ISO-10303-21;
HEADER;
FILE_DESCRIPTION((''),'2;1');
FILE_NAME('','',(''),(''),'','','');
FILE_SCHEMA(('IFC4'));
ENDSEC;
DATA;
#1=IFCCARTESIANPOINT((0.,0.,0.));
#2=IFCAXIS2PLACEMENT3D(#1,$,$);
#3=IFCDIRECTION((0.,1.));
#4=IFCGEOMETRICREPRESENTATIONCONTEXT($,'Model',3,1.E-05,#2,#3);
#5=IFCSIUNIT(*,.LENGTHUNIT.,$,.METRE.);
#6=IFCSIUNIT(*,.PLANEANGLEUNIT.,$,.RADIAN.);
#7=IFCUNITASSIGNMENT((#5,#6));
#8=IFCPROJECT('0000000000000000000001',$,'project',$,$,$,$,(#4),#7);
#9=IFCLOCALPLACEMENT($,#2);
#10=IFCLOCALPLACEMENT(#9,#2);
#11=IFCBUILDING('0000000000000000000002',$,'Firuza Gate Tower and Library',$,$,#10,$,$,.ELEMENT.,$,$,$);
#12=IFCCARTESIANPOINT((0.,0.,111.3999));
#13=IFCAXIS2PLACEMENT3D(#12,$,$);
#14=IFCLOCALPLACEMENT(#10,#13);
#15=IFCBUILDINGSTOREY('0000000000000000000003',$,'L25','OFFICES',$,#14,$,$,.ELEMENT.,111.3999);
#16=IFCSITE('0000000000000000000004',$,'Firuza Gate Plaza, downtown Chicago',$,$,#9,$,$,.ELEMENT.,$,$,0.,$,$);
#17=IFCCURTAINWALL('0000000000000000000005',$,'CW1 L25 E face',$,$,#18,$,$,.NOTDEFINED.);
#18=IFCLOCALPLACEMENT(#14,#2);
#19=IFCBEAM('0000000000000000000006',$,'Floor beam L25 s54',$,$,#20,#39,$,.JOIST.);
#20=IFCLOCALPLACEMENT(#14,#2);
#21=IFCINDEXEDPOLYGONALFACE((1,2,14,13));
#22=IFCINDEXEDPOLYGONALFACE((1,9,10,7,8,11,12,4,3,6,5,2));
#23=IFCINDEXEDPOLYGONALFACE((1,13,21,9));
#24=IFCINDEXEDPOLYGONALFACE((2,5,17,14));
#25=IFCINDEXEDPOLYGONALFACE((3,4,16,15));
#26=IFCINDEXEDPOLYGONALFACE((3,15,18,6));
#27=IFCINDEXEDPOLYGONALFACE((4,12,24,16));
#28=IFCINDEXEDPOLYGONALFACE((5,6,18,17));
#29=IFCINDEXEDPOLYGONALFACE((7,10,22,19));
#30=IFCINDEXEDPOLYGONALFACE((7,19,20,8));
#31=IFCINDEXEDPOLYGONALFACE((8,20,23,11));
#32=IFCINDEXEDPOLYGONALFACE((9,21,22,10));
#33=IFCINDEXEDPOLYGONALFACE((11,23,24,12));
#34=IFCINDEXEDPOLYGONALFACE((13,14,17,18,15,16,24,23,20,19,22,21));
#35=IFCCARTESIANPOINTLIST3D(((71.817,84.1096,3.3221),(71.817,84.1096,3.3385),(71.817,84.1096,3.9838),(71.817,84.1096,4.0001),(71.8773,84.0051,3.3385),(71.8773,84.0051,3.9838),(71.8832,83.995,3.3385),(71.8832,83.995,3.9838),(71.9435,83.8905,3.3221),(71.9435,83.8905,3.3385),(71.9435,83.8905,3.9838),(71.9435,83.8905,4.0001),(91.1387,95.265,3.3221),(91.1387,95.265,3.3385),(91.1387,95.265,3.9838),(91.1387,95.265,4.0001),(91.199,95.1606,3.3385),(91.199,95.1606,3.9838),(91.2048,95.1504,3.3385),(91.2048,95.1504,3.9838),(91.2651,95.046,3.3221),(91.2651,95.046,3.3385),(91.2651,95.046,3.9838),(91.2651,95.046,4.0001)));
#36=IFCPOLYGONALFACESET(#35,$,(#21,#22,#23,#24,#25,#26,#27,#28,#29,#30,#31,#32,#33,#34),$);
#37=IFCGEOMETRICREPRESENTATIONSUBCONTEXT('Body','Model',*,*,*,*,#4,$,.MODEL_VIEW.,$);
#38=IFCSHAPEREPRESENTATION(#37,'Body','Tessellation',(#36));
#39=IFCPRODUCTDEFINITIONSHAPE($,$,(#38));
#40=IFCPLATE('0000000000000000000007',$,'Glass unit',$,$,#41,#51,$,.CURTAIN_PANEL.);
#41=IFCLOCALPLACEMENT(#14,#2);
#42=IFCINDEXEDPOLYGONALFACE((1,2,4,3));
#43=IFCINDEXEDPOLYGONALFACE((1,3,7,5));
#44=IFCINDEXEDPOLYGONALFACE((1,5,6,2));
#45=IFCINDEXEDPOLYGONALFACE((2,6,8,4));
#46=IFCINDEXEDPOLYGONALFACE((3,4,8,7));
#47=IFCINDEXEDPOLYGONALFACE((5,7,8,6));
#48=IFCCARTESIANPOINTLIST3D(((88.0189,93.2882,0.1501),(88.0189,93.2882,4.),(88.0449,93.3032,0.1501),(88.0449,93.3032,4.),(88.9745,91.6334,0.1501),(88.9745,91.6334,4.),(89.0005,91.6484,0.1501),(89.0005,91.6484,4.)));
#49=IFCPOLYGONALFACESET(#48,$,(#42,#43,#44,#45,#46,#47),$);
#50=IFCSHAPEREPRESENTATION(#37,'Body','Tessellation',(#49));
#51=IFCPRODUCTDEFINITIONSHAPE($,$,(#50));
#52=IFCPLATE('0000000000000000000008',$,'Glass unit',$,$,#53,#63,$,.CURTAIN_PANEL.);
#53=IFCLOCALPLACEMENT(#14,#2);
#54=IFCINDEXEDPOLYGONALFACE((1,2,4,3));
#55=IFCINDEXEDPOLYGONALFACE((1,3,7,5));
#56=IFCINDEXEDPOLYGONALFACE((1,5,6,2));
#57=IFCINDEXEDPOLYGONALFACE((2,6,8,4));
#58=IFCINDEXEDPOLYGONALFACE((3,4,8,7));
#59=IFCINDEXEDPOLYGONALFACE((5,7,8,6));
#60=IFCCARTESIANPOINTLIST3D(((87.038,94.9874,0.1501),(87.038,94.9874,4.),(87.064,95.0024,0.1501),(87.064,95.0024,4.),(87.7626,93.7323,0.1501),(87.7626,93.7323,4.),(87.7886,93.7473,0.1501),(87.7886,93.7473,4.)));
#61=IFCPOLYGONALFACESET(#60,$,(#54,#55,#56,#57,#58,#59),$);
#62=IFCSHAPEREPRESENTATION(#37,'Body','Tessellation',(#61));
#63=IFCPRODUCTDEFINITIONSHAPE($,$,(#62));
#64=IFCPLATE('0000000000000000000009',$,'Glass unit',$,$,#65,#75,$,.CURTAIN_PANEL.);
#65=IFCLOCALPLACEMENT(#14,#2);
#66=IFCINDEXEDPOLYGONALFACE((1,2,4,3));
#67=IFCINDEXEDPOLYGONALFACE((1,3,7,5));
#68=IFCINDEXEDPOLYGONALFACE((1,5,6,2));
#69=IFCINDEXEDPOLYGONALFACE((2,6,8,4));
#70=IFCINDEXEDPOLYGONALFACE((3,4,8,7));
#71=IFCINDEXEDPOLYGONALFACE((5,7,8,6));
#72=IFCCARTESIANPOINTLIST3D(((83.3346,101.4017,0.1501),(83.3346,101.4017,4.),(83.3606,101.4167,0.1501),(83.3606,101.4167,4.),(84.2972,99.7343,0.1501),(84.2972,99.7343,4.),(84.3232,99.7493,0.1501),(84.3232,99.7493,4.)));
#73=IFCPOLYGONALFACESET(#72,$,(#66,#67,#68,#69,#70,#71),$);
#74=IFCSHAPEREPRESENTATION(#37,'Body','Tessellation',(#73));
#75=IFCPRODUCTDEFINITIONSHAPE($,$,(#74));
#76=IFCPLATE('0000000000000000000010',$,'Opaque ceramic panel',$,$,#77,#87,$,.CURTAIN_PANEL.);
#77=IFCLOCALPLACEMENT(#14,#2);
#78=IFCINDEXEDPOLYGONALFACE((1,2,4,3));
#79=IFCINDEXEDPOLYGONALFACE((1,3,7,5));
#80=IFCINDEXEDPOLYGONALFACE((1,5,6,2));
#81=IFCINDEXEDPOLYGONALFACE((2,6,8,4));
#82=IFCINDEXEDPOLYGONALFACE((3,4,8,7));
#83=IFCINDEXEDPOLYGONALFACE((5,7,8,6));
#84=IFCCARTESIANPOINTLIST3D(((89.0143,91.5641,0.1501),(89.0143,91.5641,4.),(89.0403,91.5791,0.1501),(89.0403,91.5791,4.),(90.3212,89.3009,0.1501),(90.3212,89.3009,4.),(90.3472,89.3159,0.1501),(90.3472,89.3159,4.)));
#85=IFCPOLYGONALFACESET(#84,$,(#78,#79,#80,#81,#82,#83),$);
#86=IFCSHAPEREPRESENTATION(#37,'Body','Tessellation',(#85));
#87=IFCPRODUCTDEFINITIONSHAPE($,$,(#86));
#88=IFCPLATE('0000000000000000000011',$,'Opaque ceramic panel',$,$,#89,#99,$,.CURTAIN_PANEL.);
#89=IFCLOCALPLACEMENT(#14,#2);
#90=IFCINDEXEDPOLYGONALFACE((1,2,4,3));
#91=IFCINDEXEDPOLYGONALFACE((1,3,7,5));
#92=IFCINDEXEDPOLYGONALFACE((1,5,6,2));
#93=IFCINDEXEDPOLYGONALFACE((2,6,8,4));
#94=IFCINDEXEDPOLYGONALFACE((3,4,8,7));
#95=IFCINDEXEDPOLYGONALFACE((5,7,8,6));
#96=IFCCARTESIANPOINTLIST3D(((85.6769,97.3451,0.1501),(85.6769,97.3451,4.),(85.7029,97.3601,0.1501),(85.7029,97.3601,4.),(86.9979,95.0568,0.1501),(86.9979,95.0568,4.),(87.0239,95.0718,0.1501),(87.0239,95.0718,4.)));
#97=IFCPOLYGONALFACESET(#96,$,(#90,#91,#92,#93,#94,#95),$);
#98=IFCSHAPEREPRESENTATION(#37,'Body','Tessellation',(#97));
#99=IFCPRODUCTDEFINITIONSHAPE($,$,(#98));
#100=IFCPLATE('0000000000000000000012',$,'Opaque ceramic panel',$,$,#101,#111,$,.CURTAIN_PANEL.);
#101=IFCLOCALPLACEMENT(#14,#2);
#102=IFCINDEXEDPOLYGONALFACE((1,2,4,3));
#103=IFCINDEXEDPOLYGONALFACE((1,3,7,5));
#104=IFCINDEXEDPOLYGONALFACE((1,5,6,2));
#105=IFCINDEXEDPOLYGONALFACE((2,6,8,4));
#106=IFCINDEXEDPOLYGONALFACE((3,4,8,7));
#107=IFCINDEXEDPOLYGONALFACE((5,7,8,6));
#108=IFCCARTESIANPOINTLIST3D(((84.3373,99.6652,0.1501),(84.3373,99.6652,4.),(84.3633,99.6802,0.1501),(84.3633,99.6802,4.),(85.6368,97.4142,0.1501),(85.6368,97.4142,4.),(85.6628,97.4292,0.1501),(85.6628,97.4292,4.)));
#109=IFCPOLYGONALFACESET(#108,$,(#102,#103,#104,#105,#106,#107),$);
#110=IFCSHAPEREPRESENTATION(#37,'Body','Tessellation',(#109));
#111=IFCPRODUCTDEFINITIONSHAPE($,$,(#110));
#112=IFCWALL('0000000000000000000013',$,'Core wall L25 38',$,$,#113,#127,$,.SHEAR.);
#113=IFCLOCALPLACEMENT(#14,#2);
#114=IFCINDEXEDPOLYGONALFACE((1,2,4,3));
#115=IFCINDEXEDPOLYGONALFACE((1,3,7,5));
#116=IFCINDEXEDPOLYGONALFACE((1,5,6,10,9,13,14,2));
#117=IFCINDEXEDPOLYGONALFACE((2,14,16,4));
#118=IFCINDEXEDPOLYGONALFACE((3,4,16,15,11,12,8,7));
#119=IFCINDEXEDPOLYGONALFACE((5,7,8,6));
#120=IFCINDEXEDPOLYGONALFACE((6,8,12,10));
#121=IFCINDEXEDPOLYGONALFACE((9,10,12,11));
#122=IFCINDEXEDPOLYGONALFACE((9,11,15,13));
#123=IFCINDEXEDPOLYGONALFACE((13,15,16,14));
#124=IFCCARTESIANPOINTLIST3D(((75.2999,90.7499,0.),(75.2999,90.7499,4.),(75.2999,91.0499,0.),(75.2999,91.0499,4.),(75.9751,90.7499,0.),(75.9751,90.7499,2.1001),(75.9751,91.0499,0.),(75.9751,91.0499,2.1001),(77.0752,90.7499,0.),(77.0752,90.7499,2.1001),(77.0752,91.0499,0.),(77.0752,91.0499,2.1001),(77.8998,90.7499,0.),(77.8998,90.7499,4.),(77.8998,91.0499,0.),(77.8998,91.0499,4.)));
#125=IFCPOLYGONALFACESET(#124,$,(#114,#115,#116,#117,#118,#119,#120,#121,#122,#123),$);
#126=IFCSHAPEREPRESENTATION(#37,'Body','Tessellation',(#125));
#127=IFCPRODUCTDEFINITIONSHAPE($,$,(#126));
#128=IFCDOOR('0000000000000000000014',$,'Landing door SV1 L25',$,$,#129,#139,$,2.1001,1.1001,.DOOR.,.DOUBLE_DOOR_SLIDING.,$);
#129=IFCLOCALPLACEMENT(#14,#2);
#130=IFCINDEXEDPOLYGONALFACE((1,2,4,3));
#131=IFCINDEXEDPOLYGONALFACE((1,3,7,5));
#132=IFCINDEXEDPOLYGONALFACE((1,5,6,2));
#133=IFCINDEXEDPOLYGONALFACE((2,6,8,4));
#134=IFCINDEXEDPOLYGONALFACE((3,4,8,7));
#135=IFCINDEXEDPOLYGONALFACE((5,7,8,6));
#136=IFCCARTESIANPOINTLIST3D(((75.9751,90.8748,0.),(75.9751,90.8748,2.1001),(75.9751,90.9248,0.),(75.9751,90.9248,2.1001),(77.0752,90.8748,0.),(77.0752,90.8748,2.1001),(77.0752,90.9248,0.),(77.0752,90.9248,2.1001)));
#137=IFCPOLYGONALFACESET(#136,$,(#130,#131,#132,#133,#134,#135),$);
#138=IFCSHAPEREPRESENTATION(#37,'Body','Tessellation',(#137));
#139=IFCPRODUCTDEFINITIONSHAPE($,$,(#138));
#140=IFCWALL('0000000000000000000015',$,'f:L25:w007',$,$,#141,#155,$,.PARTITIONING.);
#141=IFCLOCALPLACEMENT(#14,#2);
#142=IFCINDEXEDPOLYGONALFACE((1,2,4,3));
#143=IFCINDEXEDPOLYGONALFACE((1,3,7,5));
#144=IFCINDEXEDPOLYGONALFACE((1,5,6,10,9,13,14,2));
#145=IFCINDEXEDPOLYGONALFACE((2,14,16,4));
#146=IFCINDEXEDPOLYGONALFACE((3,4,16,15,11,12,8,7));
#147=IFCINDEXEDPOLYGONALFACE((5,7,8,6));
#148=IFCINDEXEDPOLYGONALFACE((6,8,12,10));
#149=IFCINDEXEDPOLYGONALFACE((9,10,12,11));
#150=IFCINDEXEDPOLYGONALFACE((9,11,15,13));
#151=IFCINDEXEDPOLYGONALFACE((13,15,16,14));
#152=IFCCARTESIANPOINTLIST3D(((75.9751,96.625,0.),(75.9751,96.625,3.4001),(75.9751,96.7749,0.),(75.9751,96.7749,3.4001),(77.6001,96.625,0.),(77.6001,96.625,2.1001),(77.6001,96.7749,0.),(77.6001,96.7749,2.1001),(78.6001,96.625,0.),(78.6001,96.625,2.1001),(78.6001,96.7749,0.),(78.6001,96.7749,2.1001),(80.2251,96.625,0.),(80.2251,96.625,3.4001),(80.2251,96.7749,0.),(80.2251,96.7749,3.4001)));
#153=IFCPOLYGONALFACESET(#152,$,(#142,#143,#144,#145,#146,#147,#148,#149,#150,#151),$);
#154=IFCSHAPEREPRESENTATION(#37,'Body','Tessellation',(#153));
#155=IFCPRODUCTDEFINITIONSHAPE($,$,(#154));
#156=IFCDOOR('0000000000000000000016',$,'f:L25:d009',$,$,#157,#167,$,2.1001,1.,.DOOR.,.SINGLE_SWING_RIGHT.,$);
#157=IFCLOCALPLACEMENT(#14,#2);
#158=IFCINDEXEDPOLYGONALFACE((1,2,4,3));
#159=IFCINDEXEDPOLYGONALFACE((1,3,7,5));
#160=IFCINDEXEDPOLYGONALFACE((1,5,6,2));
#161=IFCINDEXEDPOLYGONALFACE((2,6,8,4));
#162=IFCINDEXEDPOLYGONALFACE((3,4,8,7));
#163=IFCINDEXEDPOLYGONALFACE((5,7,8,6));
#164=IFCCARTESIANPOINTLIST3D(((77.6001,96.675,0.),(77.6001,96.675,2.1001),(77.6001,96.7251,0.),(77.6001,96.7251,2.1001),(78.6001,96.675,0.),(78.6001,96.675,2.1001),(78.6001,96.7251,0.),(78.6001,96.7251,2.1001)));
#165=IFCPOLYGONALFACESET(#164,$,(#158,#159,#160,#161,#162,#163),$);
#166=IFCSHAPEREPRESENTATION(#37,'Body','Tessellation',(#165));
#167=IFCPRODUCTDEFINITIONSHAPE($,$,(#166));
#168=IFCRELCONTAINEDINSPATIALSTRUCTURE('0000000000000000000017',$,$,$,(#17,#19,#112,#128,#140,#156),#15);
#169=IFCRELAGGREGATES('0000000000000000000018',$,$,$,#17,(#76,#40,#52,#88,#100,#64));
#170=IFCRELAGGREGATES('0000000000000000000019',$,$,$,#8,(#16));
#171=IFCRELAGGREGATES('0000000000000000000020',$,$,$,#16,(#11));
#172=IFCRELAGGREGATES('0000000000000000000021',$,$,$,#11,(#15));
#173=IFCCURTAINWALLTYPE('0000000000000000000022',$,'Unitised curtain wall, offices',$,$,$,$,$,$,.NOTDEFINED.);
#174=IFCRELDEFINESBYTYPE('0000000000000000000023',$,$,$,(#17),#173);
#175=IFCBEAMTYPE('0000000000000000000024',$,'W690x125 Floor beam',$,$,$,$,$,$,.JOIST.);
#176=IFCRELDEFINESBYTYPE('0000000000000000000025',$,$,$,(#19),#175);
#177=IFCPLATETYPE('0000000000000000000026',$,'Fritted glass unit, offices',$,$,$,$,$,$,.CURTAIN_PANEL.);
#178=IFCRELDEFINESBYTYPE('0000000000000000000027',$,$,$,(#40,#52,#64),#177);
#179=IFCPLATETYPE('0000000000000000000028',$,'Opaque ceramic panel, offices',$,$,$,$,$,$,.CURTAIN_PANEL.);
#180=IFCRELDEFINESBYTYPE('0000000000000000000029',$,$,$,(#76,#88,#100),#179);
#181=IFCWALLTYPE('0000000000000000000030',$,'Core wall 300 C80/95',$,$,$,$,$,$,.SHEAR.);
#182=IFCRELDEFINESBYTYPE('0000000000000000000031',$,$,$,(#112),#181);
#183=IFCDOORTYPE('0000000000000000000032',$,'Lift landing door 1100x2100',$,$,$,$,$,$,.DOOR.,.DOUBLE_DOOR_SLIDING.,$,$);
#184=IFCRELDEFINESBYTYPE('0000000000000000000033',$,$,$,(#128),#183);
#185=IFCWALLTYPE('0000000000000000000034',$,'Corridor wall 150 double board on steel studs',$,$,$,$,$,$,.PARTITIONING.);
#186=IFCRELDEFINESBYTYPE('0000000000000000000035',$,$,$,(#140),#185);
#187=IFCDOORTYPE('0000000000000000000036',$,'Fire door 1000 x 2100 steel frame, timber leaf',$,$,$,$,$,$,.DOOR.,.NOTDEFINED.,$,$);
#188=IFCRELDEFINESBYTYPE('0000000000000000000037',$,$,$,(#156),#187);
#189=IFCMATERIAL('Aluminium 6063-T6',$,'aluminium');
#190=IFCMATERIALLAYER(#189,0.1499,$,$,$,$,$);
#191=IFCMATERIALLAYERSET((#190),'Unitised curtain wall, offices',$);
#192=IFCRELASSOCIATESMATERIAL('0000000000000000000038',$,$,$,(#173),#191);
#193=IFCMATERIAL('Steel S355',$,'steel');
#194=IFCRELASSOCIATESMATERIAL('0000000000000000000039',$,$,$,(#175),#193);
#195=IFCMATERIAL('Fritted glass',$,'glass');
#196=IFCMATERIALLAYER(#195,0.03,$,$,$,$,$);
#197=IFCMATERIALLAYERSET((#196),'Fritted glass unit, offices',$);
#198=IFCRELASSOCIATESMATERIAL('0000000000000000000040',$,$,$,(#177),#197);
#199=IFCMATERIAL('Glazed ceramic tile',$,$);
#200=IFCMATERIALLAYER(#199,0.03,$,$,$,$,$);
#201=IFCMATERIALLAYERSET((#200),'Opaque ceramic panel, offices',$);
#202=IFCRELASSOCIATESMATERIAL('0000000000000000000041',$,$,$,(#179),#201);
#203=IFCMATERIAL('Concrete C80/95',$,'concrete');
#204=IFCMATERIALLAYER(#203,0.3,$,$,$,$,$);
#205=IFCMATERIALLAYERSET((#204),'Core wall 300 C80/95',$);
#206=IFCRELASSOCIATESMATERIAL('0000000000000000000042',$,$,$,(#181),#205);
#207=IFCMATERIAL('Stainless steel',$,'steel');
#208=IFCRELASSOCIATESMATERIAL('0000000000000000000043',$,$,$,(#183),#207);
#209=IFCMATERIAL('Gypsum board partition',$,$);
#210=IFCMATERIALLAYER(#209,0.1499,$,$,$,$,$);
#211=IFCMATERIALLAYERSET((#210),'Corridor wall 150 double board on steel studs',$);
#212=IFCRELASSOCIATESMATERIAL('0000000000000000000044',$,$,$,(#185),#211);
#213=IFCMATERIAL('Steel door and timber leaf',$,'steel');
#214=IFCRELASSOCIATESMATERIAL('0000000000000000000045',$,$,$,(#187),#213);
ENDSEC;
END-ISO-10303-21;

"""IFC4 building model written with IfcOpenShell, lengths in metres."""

from ifc_helpers import new_model, si_unit, direction, frame, frame_2d, origin, origin_2d, place, context, subcontext, project, spatial, polyline, rectangle, i_section, outline, extrude, material, layer, layer_set, material_profile, profile_set, type_object, element, fill, aggregate, save


model = new_model("IFC4")

# Units and contexts
model_context = context("Model", 3, precision=1e-05, world=origin(), true_north=direction((0.0, 1.0)))
body_context = subcontext(model_context, "Body", "Model", "MODEL_VIEW")
ifc_project = project(units=[si_unit("LENGTHUNIT", "METRE"), si_unit("PLANEANGLEUNIT", "RADIAN")], contexts=[model_context])

# Site, building, storey
site_placement = place(None, origin())
site = spatial("IfcSite", under=ifc_project, at=site_placement, Name="Firuza Gate Plaza, downtown Chicago", CompositionType="ELEMENT", RefElevation=0.0)
building_placement = place(site_placement, origin())
building = spatial("IfcBuilding", under=site, at=building_placement, Name="Firuza Gate Tower and Library", CompositionType="ELEMENT")
storey_placement = place(building_placement, frame((0.0, 0.0, 111.3999)))
storey = spatial("IfcBuildingStorey", under=building, at=storey_placement, Name="L25", Description="OFFICES", CompositionType="ELEMENT", Elevation=111.3999)

# Curtain wall
ifc_material_1 = material(Name="Aluminium 6063-T6", Category="aluminium")
ifc_layer_1 = layer(ifc_material_1, 0.1499)
ifc_layer_set_1 = layer_set([ifc_layer_1], Name="Unitised curtain wall, offices")
curtain_wall_type = type_object("IfcCurtainWallType", Name="Unitised curtain wall, offices", PredefinedType="NOTDEFINED", material=ifc_layer_set_1)
curtain_wall_placement = place(storey_placement, origin())
curtain_wall = element("IfcCurtainWall", 1, at=curtain_wall_placement, inside=storey, type_object=curtain_wall_type, Name="CW1 L25 E face", PredefinedType="NOTDEFINED")

# Beam
ifc_material_2 = material(Name="Steel S355", Category="steel")
ifc_material_profile_1 = material_profile(ifc_material_2, i_section(OverallWidth=0.2529, OverallDepth=0.678, WebThickness=0.0117, FlangeThickness=0.0164, at=origin_2d()))
ifc_profile_set_1 = profile_set([ifc_material_profile_1], Name="Steel S355")
beam_type_1 = type_object("IfcBeamType", Name="W690x125 Floor beam", PredefinedType="JOIST", material=ifc_profile_set_1)
beam_1_placement = place(storey_placement, frame((91.2019, 95.1555, 3.6611), z_axis=(-0.866024, -0.500003, 0.0), x_axis=(0.500003, -0.866024, 0.0)))
element("IfcBeam", 2, at=beam_1_placement, inside=storey, type_object=beam_type_1, Name="Floor beam L25 s54", PredefinedType="JOIST", context=body_context, shape_type="SweptSolid", body=[
    extrude(i_section(OverallWidth=0.2529, OverallDepth=0.678, WebThickness=0.0117, FlangeThickness=0.0164, at=origin_2d()), origin(), (0.0, 0.0, 1.0), 22.3108),
])

# Plates
ifc_material_3 = material(Name="Fritted glass", Category="glass")
ifc_layer_2 = layer(ifc_material_3, 0.03)
ifc_layer_set_2 = layer_set([ifc_layer_2], Name="Fritted glass unit, offices")
plate_type_1 = type_object("IfcPlateType", Name="Fritted glass unit, offices", PredefinedType="CURTAIN_PANEL", material=ifc_layer_set_2)
plate_1_placement = place(storey_placement, frame((89.0005, 91.6484, 0.1501), z_axis=(0.865986, 0.500069, 0.0), x_axis=(-0.500069, 0.865986, 0.0)))
plate_1 = element("IfcPlate", 3, at=plate_1_placement, type_object=plate_type_1, Name="Glass unit", PredefinedType="CURTAIN_PANEL", context=body_context, shape_type="SweptSolid", body=[
    extrude(outline(polyline([(0.0, 0.0), (1.9109, 0.0), (1.9109, 3.8499), (0.0, 3.8499), (0.0, 0.0)])), origin(), (0.0, 0.0, -1.0), 0.03),
])
plate_2_placement = place(storey_placement, frame((87.7886, 93.7473, 0.1501), z_axis=(0.866037, 0.49998, 0.0), x_axis=(-0.49998, 0.866037, 0.0)))
plate_2 = element("IfcPlate", 4, at=plate_2_placement, type_object=plate_type_1, Name="Glass unit", PredefinedType="CURTAIN_PANEL", context=body_context, shape_type="SweptSolid", body=[
    extrude(outline(polyline([(0.0, 0.0), (1.4493, 0.0), (1.4493, 3.8499), (0.0, 3.8499), (0.0, 0.0)])), origin(), (0.0, 0.0, -1.0), 0.03),
])
plate_3_placement = place(storey_placement, frame((84.3232, 99.7493, 0.1501), z_axis=(0.866042, 0.499971, 0.0), x_axis=(-0.499971, 0.866042, 0.0)))
plate_3 = element("IfcPlate", 5, at=plate_3_placement, type_object=plate_type_1, Name="Glass unit", PredefinedType="CURTAIN_PANEL", context=body_context, shape_type="SweptSolid", body=[
    extrude(outline(polyline([(0.0, 0.0), (1.9254, 0.0), (1.9254, 3.8499), (0.0, 3.8499), (0.0, 0.0)])), origin(), (0.0, 0.0, -1.0), 0.03),
])
ifc_material_4 = material(Name="Glazed ceramic tile")
ifc_layer_3 = layer(ifc_material_4, 0.03)
ifc_layer_set_3 = layer_set([ifc_layer_3], Name="Opaque ceramic panel, offices")
plate_type_2 = type_object("IfcPlateType", Name="Opaque ceramic panel, offices", PredefinedType="CURTAIN_PANEL", material=ifc_layer_set_3)
plate_4_placement = place(storey_placement, frame((90.3472, 89.3159, 0.1501), z_axis=(0.865986, 0.500067, 0.0), x_axis=(-0.500067, 0.865986, 0.0)))
plate_4 = element("IfcPlate", 6, at=plate_4_placement, type_object=plate_type_2, Name="Opaque ceramic panel", PredefinedType="CURTAIN_PANEL", context=body_context, shape_type="SweptSolid", body=[
    extrude(outline(polyline([(0.0, 0.0), (2.6134, 0.0), (2.6134, 3.8499), (0.0, 3.8499), (0.0, 0.0)])), origin(), (0.0, 0.0, -1.0), 0.03),
])
plate_5_placement = place(storey_placement, frame((87.0239, 95.0718, 0.1501), z_axis=(0.866046, 0.499965, 0.0), x_axis=(-0.499965, 0.866046, 0.0)))
plate_5 = element("IfcPlate", 7, at=plate_5_placement, type_object=plate_type_2, Name="Opaque ceramic panel", PredefinedType="CURTAIN_PANEL", context=body_context, shape_type="SweptSolid", body=[
    extrude(outline(polyline([(0.0, 0.0), (2.6423, 0.0), (2.6423, 3.8499), (0.0, 3.8499), (0.0, 0.0)])), origin(), (0.0, 0.0, -1.0), 0.03),
])
plate_6_placement = place(storey_placement, frame((85.6628, 97.4292, 0.1501), z_axis=(0.866032, 0.499988, 0.0), x_axis=(-0.499988, 0.866032, 0.0)))
plate_6 = element("IfcPlate", 8, at=plate_6_placement, type_object=plate_type_2, Name="Opaque ceramic panel", PredefinedType="CURTAIN_PANEL", context=body_context, shape_type="SweptSolid", body=[
    extrude(outline(polyline([(0.0, 0.0), (2.5992, 0.0), (2.5992, 3.8499), (0.0, 3.8499), (0.0, 0.0)])), origin(), (0.0, 0.0, -1.0), 0.03),
])
aggregate(curtain_wall, [plate_4, plate_1, plate_2, plate_5, plate_6, plate_3])

# Walls, openings, doors
ifc_material_5 = material(Name="Concrete C80/95", Category="concrete")
ifc_layer_4 = layer(ifc_material_5, 0.3)
ifc_layer_set_4 = layer_set([ifc_layer_4], Name="Core wall 300 C80/95")
wall_type_1 = type_object("IfcWallType", Name="Core wall 300 C80/95", PredefinedType="SHEAR", material=ifc_layer_set_4)
wall_1_placement = place(storey_placement, frame((75.3, 90.8999, 0.0), z_axis=(0.0, 0.0, 1.0), x_axis=(1.0, 0.0, 0.0)))
wall_1 = element("IfcWall", 9, at=wall_1_placement, inside=storey, type_object=wall_type_1, Name="Core wall L25 38", PredefinedType="SHEAR", context=body_context, shape_type="SweptSolid", body=[
    extrude(rectangle(XDim=2.5999, YDim=0.3, at=frame_2d((1.2998, 0.0))), origin(), (0.0, 0.0, 1.0), 4.0),
])
opening_1_placement = place(wall_1_placement, frame((0.675, 0.0, 0.0)))
opening_1 = element("IfcOpeningElement", 10, at=opening_1_placement, cuts=wall_1, PredefinedType="OPENING", context=body_context, shape_type="SweptSolid", body=[
    extrude(rectangle(XDim=1.1001, YDim=2.1001, at=frame_2d((0.55, 1.05))), frame((0.0, 0.1602, 0.0), z_axis=(0.0, -1.0, 0.0), x_axis=(1.0, 0.0, 0.0)), (0.0, 0.0, 1.0), 0.3201),
])
ifc_material_6 = material(Name="Stainless steel", Category="steel")
door_type_1 = type_object("IfcDoorType", Name="Lift landing door 1100x2100", OperationType="DOUBLE_DOOR_SLIDING", PredefinedType="DOOR", material=ifc_material_6)
door_1_placement = place(opening_1_placement, origin())
door_1 = element("IfcDoor", 11, at=door_1_placement, inside=storey, type_object=door_type_1, Name="Landing door SV1 L25", OperationType="DOUBLE_DOOR_SLIDING", OverallHeight=2.1001, OverallWidth=1.1001, PredefinedType="DOOR", context=body_context, shape_type="SweptSolid", body=[
    extrude(rectangle(XDim=1.1001, YDim=2.1001, at=frame_2d((0.55, 1.05))), frame((0.0, 0.0249, 0.0), z_axis=(0.0, -1.0, 0.0), x_axis=(1.0, 0.0, 0.0)), (0.0, 0.0, 1.0), 0.05),
])
fill(opening_1, door_1)
ifc_material_7 = material(Name="Gypsum board partition")
ifc_layer_5 = layer(ifc_material_7, 0.1499)
ifc_layer_set_5 = layer_set([ifc_layer_5], Name="Corridor wall 150 double board on steel studs")
wall_type_2 = type_object("IfcWallType", Name="Corridor wall 150 double board on steel studs", PredefinedType="PARTITIONING", material=ifc_layer_set_5)
wall_2_placement = place(storey_placement, frame((80.2251, 96.7, 0.0), z_axis=(0.0, 0.0, 1.0), x_axis=(-1.0, 0.0, 0.0)))
wall_2 = element("IfcWall", 12, at=wall_2_placement, inside=storey, type_object=wall_type_2, Name="f:L25:w007", PredefinedType="PARTITIONING", context=body_context, shape_type="SweptSolid", body=[
    extrude(rectangle(XDim=4.25, YDim=0.1499, at=frame_2d((2.125, 0.0))), origin(), (0.0, 0.0, 1.0), 3.4001),
])
opening_2_placement = place(wall_2_placement, frame((1.625, 0.0, 0.0)))
opening_2 = element("IfcOpeningElement", 13, at=opening_2_placement, cuts=wall_2, PredefinedType="OPENING", context=body_context, shape_type="SweptSolid", body=[
    extrude(rectangle(XDim=1.0, YDim=2.1001, at=frame_2d((0.5, 1.05))), frame((0.0, 0.085, 0.0), z_axis=(0.0, -1.0, 0.0), x_axis=(1.0, 0.0, 0.0)), (0.0, 0.0, 1.0), 0.1699),
])
ifc_material_8 = material(Name="Steel door and timber leaf", Category="steel")
door_type_2 = type_object("IfcDoorType", Name="Fire door 1000 x 2100 steel frame, timber leaf", OperationType="NOTDEFINED", PredefinedType="DOOR", material=ifc_material_8)
door_2_placement = place(opening_2_placement, origin())
door_2 = element("IfcDoor", 14, at=door_2_placement, inside=storey, type_object=door_type_2, Name="f:L25:d009", OperationType="SINGLE_SWING_RIGHT", OverallHeight=2.1001, OverallWidth=1.0, PredefinedType="DOOR", context=body_context, shape_type="SweptSolid", body=[
    extrude(rectangle(XDim=1.0, YDim=2.1001, at=frame_2d((0.5, 1.05))), frame((0.0, 0.0249, 0.0), z_axis=(0.0, -1.0, 0.0), x_axis=(1.0, 0.0, 0.0)), (0.0, 0.0, 1.0), 0.05),
])
fill(opening_2, door_2)

save(model, "model.ifc")
